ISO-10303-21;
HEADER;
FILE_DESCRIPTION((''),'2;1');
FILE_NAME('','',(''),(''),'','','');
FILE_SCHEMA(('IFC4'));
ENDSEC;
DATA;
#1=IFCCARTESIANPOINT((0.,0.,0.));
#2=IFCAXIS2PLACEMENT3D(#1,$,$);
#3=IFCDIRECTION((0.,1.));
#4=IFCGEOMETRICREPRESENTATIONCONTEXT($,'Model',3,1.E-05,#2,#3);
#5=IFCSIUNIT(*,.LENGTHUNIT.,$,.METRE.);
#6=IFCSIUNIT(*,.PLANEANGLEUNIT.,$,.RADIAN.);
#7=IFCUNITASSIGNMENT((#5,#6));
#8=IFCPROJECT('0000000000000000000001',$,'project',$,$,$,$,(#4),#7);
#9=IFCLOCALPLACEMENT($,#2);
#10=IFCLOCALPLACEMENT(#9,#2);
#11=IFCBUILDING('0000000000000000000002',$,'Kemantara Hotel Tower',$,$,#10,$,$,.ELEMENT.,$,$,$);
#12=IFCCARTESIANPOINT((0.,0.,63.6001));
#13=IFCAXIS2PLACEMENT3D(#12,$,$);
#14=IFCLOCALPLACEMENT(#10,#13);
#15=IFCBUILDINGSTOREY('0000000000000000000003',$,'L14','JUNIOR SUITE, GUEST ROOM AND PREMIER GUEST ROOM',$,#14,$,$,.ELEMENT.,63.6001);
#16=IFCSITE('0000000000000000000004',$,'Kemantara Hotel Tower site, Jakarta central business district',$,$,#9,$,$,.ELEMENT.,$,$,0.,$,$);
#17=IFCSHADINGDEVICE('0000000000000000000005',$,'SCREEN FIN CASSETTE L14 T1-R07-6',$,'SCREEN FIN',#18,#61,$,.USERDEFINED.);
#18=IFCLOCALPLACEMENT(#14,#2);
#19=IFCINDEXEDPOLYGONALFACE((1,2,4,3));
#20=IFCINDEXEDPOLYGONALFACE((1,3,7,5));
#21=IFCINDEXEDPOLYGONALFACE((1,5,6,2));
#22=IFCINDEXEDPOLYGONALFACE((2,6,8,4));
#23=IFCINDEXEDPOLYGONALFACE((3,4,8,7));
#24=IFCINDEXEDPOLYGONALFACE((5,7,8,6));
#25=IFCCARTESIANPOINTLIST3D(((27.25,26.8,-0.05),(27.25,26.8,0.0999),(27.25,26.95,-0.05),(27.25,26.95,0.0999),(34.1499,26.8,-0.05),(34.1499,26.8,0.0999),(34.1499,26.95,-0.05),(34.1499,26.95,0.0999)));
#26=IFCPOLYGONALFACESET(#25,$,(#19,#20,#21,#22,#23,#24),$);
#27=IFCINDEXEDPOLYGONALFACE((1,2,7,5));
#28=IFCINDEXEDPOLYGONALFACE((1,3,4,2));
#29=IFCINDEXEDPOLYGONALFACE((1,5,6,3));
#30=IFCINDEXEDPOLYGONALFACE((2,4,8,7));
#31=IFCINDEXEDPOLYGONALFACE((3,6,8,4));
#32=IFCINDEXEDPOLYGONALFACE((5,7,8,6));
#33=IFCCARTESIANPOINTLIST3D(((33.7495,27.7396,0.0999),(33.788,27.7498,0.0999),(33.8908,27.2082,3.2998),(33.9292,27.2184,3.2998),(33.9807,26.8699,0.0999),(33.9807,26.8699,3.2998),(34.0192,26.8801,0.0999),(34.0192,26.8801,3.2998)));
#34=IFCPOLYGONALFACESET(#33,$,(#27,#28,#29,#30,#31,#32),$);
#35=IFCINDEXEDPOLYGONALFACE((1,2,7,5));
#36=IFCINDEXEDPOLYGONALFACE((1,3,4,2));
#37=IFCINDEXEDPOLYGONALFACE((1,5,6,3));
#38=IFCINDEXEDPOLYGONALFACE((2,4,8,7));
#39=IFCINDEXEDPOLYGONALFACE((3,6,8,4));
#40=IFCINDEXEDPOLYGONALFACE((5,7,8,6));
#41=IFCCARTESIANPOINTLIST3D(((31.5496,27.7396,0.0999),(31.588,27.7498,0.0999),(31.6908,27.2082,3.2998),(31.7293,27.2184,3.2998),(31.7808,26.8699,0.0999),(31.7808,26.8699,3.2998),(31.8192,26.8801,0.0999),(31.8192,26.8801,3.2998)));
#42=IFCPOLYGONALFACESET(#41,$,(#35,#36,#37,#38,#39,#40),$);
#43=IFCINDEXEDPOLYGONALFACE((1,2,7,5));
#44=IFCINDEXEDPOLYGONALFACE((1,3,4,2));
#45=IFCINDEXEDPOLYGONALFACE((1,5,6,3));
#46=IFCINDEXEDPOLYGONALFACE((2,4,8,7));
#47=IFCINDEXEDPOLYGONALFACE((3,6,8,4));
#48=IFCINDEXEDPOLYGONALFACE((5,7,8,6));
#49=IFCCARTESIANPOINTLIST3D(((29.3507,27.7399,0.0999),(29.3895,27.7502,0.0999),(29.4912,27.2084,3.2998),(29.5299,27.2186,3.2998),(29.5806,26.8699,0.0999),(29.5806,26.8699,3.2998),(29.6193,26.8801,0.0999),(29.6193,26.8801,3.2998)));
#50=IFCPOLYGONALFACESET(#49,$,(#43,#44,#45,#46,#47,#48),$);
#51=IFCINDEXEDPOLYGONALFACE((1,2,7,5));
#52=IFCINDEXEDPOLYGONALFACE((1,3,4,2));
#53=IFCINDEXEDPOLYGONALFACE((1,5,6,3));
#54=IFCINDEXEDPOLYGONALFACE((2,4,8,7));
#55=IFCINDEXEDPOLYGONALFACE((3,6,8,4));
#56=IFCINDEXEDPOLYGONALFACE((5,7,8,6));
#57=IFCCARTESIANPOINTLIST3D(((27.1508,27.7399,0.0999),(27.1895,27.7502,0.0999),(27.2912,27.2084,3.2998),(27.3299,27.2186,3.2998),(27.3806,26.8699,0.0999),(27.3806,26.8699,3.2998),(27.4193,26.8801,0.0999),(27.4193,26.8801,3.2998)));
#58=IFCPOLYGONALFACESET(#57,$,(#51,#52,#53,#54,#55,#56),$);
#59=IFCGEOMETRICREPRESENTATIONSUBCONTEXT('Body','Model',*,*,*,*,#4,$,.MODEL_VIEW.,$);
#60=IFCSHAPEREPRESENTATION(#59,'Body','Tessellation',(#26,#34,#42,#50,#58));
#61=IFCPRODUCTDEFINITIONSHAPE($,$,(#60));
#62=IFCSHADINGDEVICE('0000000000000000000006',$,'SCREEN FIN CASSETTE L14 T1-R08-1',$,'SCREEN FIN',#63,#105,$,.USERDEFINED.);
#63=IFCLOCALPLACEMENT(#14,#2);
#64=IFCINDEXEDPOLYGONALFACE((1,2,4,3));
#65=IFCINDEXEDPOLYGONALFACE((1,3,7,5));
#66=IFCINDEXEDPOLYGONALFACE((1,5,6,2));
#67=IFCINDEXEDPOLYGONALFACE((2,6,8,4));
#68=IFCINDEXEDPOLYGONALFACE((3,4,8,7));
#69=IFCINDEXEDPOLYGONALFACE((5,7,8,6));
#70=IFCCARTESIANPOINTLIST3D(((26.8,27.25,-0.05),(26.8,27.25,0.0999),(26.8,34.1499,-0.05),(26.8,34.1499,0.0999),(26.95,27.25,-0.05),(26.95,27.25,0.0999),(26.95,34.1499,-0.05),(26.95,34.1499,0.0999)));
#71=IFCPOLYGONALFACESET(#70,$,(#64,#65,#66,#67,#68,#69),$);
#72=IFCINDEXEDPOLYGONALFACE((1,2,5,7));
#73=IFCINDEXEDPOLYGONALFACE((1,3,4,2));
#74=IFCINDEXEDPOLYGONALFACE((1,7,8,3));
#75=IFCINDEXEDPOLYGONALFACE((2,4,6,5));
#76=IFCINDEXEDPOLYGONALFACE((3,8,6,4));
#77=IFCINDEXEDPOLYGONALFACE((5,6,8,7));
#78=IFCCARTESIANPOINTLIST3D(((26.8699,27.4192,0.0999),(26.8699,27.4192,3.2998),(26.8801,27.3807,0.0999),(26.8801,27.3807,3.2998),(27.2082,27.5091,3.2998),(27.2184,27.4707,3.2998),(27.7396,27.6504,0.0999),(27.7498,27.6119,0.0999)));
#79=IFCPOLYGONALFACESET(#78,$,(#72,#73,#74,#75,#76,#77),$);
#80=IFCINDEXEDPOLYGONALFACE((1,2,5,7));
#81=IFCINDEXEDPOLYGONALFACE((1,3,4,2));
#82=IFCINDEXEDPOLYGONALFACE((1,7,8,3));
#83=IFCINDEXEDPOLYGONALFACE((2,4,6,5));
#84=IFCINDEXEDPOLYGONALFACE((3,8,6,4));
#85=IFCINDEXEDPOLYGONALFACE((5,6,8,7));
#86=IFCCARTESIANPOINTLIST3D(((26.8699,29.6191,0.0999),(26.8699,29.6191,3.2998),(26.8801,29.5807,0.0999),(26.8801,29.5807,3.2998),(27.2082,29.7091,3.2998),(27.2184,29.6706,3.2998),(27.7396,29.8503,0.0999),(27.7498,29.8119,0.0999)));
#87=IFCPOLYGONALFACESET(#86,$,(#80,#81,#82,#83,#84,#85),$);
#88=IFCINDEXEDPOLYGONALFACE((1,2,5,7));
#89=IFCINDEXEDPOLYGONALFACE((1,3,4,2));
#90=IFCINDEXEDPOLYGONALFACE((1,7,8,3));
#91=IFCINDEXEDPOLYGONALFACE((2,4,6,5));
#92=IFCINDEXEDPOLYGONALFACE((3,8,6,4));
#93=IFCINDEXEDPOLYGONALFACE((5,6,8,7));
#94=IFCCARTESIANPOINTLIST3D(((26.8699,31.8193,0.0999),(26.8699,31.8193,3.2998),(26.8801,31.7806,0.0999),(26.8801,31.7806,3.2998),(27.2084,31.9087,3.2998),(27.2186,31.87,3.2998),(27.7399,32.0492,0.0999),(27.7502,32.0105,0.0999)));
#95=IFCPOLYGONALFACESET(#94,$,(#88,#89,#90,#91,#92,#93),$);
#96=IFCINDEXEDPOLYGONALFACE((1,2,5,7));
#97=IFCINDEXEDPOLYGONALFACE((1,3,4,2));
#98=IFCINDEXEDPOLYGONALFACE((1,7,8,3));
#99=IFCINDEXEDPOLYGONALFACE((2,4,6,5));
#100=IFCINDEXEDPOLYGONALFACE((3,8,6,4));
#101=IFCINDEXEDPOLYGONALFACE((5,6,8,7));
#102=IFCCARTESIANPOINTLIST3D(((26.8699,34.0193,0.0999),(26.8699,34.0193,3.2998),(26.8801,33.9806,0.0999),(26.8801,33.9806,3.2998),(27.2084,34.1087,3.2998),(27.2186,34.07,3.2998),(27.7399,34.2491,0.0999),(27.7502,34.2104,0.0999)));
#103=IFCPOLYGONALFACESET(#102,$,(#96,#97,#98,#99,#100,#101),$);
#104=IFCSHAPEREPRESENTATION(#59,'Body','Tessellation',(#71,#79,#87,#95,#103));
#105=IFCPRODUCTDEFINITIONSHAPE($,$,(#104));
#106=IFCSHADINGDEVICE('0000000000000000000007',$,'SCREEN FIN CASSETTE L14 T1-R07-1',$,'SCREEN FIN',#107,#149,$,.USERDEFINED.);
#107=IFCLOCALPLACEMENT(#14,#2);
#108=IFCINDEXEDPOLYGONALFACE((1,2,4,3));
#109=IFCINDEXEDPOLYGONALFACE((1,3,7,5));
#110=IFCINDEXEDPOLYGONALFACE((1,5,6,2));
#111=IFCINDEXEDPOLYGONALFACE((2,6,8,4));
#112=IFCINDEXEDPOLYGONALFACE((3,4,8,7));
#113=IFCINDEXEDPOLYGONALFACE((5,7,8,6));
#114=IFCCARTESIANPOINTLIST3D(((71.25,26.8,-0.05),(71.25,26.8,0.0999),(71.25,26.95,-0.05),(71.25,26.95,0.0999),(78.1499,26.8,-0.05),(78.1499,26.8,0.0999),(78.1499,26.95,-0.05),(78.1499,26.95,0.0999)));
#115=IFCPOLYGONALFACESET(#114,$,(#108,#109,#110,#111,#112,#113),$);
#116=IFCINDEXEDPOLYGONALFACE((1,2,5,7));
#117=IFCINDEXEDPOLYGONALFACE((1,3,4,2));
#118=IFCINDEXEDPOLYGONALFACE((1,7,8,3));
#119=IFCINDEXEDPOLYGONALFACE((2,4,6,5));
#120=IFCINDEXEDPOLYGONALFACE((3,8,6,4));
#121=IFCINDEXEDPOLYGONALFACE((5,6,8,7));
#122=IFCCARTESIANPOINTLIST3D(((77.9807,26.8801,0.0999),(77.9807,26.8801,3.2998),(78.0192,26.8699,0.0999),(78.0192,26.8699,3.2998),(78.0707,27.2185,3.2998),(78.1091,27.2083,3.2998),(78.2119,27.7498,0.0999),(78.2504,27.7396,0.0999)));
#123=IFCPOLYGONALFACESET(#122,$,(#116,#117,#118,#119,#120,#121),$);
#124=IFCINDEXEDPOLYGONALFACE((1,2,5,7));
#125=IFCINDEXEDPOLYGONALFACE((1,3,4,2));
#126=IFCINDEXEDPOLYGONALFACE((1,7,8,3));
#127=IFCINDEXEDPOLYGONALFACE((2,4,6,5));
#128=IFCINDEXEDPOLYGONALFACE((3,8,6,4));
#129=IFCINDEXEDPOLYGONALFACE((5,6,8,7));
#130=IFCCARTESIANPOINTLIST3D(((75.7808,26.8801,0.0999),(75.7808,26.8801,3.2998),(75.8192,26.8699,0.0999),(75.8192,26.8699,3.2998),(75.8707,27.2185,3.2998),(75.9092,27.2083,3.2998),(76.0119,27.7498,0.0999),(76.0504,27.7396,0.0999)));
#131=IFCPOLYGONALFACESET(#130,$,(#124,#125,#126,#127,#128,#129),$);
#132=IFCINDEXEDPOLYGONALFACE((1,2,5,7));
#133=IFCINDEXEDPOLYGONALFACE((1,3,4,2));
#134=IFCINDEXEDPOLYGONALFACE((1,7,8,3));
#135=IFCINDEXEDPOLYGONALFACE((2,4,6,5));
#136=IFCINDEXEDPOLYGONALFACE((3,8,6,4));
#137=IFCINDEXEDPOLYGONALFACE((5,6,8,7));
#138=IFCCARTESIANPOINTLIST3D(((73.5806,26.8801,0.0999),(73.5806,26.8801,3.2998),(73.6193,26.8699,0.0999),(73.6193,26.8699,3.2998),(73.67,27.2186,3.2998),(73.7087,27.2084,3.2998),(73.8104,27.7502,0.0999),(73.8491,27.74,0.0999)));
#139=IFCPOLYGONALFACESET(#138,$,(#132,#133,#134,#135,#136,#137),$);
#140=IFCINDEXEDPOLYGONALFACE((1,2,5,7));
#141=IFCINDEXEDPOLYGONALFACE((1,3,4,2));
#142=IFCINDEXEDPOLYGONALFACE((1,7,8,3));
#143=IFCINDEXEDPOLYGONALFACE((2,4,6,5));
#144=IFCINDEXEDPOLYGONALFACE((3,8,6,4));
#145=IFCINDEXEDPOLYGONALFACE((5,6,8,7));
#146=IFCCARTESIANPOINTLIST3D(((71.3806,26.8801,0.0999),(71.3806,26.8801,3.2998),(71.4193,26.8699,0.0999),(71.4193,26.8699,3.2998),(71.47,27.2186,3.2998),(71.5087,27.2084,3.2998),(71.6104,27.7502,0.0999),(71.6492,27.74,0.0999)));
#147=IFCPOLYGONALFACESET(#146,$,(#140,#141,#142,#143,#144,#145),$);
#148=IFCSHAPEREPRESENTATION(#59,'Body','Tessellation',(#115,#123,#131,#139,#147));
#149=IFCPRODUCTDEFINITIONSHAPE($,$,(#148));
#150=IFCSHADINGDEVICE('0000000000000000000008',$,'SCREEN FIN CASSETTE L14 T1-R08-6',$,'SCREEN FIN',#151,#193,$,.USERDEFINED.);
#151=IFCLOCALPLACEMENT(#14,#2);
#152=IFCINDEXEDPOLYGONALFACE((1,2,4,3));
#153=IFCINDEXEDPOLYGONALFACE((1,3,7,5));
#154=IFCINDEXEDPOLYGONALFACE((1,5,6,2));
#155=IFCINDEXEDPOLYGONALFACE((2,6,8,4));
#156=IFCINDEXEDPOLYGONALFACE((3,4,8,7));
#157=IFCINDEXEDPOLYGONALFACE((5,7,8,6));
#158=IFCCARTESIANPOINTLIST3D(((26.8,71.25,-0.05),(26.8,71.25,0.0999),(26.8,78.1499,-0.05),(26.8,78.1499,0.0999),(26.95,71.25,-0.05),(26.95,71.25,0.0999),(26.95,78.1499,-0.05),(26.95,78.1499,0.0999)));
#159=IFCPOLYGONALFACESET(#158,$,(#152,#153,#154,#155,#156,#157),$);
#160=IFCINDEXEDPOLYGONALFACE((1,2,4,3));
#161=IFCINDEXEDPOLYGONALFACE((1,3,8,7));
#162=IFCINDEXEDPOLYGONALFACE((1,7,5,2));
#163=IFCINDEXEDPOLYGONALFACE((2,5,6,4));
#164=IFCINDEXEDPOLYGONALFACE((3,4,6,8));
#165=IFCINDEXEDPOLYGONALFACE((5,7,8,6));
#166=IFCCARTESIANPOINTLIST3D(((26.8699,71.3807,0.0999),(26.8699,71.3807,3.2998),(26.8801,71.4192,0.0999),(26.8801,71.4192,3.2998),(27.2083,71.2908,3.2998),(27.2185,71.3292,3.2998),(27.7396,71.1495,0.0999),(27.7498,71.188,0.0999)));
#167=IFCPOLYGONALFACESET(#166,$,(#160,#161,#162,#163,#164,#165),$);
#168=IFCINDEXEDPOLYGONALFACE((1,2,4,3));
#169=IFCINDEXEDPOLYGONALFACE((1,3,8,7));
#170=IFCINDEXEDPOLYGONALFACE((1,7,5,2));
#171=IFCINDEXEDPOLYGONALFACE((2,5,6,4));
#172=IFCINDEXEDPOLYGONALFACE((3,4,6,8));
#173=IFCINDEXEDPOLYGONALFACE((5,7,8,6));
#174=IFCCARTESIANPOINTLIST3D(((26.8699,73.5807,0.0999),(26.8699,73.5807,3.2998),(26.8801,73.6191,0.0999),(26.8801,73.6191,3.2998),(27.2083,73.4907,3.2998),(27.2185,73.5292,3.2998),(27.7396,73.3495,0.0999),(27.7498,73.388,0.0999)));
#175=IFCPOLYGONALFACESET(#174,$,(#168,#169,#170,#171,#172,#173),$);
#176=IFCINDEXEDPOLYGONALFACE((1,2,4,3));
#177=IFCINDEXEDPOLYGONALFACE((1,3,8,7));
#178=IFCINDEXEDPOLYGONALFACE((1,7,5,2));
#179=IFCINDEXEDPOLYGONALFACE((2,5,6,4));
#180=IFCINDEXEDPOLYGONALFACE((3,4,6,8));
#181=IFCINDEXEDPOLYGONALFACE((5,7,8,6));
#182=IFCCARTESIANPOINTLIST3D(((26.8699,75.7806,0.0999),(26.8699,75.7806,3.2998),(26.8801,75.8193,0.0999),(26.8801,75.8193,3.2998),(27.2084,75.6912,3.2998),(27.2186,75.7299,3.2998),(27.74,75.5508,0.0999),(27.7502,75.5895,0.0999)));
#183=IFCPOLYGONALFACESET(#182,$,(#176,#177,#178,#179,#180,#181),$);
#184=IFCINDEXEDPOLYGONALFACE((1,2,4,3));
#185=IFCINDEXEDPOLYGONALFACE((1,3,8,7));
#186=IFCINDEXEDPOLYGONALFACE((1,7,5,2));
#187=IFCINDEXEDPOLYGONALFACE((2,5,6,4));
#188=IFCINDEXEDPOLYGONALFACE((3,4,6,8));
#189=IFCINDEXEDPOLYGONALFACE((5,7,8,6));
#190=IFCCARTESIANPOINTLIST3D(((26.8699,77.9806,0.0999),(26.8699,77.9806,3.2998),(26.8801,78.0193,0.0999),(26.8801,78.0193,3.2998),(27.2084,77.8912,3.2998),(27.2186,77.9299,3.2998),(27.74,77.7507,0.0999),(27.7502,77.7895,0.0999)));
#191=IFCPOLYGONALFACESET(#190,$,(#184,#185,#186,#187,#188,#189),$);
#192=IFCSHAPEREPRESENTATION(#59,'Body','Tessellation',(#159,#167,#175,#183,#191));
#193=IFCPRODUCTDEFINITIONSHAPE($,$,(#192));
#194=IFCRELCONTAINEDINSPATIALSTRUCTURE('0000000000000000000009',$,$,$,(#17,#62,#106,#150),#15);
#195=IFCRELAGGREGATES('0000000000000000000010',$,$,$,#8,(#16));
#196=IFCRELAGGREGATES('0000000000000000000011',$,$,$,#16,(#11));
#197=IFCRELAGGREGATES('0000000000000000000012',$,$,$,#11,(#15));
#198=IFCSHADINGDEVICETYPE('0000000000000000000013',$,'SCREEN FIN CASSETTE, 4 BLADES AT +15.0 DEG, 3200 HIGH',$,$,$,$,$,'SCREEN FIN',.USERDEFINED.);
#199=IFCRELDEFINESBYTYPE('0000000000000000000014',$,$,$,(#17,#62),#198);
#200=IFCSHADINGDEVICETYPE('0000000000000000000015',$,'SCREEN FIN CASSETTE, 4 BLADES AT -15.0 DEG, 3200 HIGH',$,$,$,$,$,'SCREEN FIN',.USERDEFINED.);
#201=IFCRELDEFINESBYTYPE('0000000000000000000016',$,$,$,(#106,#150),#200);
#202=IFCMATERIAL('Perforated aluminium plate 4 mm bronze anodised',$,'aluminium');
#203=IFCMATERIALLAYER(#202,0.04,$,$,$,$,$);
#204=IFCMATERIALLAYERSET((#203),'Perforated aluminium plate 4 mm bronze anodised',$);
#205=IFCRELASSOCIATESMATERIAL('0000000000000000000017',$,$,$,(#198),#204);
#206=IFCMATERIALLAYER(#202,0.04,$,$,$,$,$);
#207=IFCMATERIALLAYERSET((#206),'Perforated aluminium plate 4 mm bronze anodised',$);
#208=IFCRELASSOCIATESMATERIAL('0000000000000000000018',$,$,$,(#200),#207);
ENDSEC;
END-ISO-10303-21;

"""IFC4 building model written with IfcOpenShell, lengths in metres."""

from ifc_helpers import new_model, si_unit, direction, frame, origin, origin_2d, place, context, subcontext, project, spatial, polyline, rectangle, outline, extrude, source, transform, mapped, material, layer, layer_set, type_object, element, save


model = new_model("IFC4")

# Units and contexts
model_context = context("Model", 3, precision=1e-05, world=origin(), true_north=direction((0.0, 1.0)))
body_context = subcontext(model_context, "Body", "Model", "MODEL_VIEW")
ifc_project = project(units=[si_unit("LENGTHUNIT", "METRE"), si_unit("PLANEANGLEUNIT", "RADIAN")], contexts=[model_context])

# Site, building, storey
site_placement = place(None, origin())
site = spatial("IfcSite", under=ifc_project, at=site_placement, Name="Kemantara Hotel Tower site, Jakarta central business district", CompositionType="ELEMENT", RefElevation=0.0)
building_placement = place(site_placement, origin())
building = spatial("IfcBuilding", under=site, at=building_placement, Name="Kemantara Hotel Tower", CompositionType="ELEMENT")
storey_placement = place(building_placement, frame((0.0, 0.0, 63.6001)))
storey = spatial("IfcBuildingStorey", under=building, at=storey_placement, Name="L14", Description="JUNIOR SUITE, GUEST ROOM AND PREMIER GUEST ROOM", CompositionType="ELEMENT", Elevation=63.6001)

# Shading devices
ifc_material_1 = material(Name="Perforated aluminium plate 4 mm bronze anodised", Category="aluminium")
ifc_layer_1 = layer(ifc_material_1, 0.04)
ifc_layer_set_1 = layer_set([ifc_layer_1], Name="Perforated aluminium plate 4 mm bronze anodised")
shading_device_type_1 = type_object("IfcShadingDeviceType", Name="SCREEN FIN CASSETTE, 4 BLADES AT +15.0 DEG, 3200 HIGH", ElementType="SCREEN FIN", PredefinedType="USERDEFINED", material=ifc_layer_set_1)
shared_shape_1 = source(origin(), body_context, "Body", "SweptSolid", [
    extrude(rectangle(XDim=6.8999, YDim=0.1499, at=origin_2d()), frame((3.3, -0.075, -0.1499), z_axis=(0.0, 0.0, 1.0), x_axis=(1.0, 0.0, 0.0)), (0.0, 0.0, 1.0), 0.1499),
    extrude(outline(polyline([(0.0, 0.0), (0.8999, 0.0), (0.3501, 3.2), (0.0, 3.2), (0.0, 0.0)])), frame((0.0193, -0.0698, 0.0), z_axis=(-0.966438, -0.256901, 0.0), x_axis=(0.256901, -0.966438, 0.0)), (0.0, 0.0, 1.0), 0.0398),
    extrude(outline(polyline([(0.0, 0.0), (0.8999, 0.0), (0.3501, 3.2), (0.0, 3.2), (0.0, 0.0)])), frame((2.2192, -0.0698, 0.0), z_axis=(-0.966438, -0.256901, 0.0), x_axis=(0.256901, -0.966438, 0.0)), (0.0, 0.0, 1.0), 0.0398),
    extrude(outline(polyline([(0.0, 0.0), (0.8999, 0.0), (0.3501, 3.2), (0.0, 3.2), (0.0, 0.0)])), frame((4.4194, -0.0698, 0.0), z_axis=(-0.966838, -0.255391, 0.0), x_axis=(0.255391, -0.966838, 0.0)), (0.0, 0.0, 1.0), 0.04),
    extrude(outline(polyline([(0.0, 0.0), (0.8999, 0.0), (0.3501, 3.2), (0.0, 3.2), (0.0, 0.0)])), frame((6.6194, -0.0698, 0.0), z_axis=(-0.966838, -0.255391, 0.0), x_axis=(0.255391, -0.966838, 0.0)), (0.0, 0.0, 1.0), 0.04),
])
for number, where, z_axis, x_axis, name in (
    (1, (34.0, 26.8, 0.0999), (0.0, 0.0, 1.0), (-1.0, 0.0, 0.0), "SCREEN FIN CASSETTE L14 T1-R07-6"),
    (2, (26.8, 27.3999, 0.0999), (0.0, 0.0, 1.0), (0.0, 1.0, 0.0), "SCREEN FIN CASSETTE L14 T1-R08-1"),
):
    element("IfcShadingDevice", number, at=place(storey_placement, frame(where, z_axis=z_axis, x_axis=x_axis)), inside=storey, type_object=shading_device_type_1, Name=name, ObjectType="SCREEN FIN", PredefinedType="USERDEFINED", context=body_context, shape_type="MappedRepresentation", body=[
        mapped(shared_shape_1, transform((0.0, 0.0, 0.0))),
    ])
ifc_layer_2 = layer(ifc_material_1, 0.04)
ifc_layer_set_2 = layer_set([ifc_layer_2], Name="Perforated aluminium plate 4 mm bronze anodised")
shading_device_type_2 = type_object("IfcShadingDeviceType", Name="SCREEN FIN CASSETTE, 4 BLADES AT -15.0 DEG, 3200 HIGH", ElementType="SCREEN FIN", PredefinedType="USERDEFINED", material=ifc_layer_set_2)
shared_shape_2 = source(origin(), body_context, "Body", "SweptSolid", [
    extrude(rectangle(XDim=6.8999, YDim=0.1499, at=origin_2d()), frame((3.3, -0.075, -0.1499), z_axis=(0.0, 0.0, 1.0), x_axis=(1.0, 0.0, 0.0)), (0.0, 0.0, 1.0), 0.1499),
    extrude(outline(polyline([(0.0, 0.0), (0.8999, 0.0), (0.3501, 3.2), (0.0, 3.2), (0.0, 0.0)])), frame((0.0193, -0.0801, 0.0), z_axis=(-0.966438, 0.256901, 0.0), x_axis=(-0.256901, -0.966438, 0.0)), (0.0, 0.0, 1.0), 0.0398),
    extrude(outline(polyline([(0.0, 0.0), (0.8999, 0.0), (0.3501, 3.2), (0.0, 3.2), (0.0, 0.0)])), frame((2.2192, -0.0801, 0.0), z_axis=(-0.966438, 0.256901, 0.0), x_axis=(-0.256901, -0.966438, 0.0)), (0.0, 0.0, 1.0), 0.0398),
    extrude(outline(polyline([(0.0, 0.0), (0.8999, 0.0), (0.3501, 3.2), (0.0, 3.2), (0.0, 0.0)])), frame((4.4194, -0.0801, 0.0), z_axis=(-0.966838, 0.255391, 0.0), x_axis=(-0.255391, -0.966838, 0.0)), (0.0, 0.0, 1.0), 0.04),
    extrude(outline(polyline([(0.0, 0.0), (0.8999, 0.0), (0.3501, 3.2), (0.0, 3.2), (0.0, 0.0)])), frame((6.6194, -0.0801, 0.0), z_axis=(-0.966838, 0.255391, 0.0), x_axis=(-0.255391, -0.966838, 0.0)), (0.0, 0.0, 1.0), 0.04),
])
for number, where, z_axis, x_axis, name in (
    (3, (78.0, 26.8, 0.0999), (0.0, 0.0, 1.0), (-1.0, 0.0, 0.0), "SCREEN FIN CASSETTE L14 T1-R07-1"),
    (4, (26.8, 71.3999, 0.0999), (0.0, 0.0, 1.0), (0.0, 1.0, 0.0), "SCREEN FIN CASSETTE L14 T1-R08-6"),
):
    element("IfcShadingDevice", number, at=place(storey_placement, frame(where, z_axis=z_axis, x_axis=x_axis)), inside=storey, type_object=shading_device_type_2, Name=name, ObjectType="SCREEN FIN", PredefinedType="USERDEFINED", context=body_context, shape_type="MappedRepresentation", body=[
        mapped(shared_shape_2, transform((0.0, 0.0, 0.0))),
    ])

save(model, "model.ifc")
